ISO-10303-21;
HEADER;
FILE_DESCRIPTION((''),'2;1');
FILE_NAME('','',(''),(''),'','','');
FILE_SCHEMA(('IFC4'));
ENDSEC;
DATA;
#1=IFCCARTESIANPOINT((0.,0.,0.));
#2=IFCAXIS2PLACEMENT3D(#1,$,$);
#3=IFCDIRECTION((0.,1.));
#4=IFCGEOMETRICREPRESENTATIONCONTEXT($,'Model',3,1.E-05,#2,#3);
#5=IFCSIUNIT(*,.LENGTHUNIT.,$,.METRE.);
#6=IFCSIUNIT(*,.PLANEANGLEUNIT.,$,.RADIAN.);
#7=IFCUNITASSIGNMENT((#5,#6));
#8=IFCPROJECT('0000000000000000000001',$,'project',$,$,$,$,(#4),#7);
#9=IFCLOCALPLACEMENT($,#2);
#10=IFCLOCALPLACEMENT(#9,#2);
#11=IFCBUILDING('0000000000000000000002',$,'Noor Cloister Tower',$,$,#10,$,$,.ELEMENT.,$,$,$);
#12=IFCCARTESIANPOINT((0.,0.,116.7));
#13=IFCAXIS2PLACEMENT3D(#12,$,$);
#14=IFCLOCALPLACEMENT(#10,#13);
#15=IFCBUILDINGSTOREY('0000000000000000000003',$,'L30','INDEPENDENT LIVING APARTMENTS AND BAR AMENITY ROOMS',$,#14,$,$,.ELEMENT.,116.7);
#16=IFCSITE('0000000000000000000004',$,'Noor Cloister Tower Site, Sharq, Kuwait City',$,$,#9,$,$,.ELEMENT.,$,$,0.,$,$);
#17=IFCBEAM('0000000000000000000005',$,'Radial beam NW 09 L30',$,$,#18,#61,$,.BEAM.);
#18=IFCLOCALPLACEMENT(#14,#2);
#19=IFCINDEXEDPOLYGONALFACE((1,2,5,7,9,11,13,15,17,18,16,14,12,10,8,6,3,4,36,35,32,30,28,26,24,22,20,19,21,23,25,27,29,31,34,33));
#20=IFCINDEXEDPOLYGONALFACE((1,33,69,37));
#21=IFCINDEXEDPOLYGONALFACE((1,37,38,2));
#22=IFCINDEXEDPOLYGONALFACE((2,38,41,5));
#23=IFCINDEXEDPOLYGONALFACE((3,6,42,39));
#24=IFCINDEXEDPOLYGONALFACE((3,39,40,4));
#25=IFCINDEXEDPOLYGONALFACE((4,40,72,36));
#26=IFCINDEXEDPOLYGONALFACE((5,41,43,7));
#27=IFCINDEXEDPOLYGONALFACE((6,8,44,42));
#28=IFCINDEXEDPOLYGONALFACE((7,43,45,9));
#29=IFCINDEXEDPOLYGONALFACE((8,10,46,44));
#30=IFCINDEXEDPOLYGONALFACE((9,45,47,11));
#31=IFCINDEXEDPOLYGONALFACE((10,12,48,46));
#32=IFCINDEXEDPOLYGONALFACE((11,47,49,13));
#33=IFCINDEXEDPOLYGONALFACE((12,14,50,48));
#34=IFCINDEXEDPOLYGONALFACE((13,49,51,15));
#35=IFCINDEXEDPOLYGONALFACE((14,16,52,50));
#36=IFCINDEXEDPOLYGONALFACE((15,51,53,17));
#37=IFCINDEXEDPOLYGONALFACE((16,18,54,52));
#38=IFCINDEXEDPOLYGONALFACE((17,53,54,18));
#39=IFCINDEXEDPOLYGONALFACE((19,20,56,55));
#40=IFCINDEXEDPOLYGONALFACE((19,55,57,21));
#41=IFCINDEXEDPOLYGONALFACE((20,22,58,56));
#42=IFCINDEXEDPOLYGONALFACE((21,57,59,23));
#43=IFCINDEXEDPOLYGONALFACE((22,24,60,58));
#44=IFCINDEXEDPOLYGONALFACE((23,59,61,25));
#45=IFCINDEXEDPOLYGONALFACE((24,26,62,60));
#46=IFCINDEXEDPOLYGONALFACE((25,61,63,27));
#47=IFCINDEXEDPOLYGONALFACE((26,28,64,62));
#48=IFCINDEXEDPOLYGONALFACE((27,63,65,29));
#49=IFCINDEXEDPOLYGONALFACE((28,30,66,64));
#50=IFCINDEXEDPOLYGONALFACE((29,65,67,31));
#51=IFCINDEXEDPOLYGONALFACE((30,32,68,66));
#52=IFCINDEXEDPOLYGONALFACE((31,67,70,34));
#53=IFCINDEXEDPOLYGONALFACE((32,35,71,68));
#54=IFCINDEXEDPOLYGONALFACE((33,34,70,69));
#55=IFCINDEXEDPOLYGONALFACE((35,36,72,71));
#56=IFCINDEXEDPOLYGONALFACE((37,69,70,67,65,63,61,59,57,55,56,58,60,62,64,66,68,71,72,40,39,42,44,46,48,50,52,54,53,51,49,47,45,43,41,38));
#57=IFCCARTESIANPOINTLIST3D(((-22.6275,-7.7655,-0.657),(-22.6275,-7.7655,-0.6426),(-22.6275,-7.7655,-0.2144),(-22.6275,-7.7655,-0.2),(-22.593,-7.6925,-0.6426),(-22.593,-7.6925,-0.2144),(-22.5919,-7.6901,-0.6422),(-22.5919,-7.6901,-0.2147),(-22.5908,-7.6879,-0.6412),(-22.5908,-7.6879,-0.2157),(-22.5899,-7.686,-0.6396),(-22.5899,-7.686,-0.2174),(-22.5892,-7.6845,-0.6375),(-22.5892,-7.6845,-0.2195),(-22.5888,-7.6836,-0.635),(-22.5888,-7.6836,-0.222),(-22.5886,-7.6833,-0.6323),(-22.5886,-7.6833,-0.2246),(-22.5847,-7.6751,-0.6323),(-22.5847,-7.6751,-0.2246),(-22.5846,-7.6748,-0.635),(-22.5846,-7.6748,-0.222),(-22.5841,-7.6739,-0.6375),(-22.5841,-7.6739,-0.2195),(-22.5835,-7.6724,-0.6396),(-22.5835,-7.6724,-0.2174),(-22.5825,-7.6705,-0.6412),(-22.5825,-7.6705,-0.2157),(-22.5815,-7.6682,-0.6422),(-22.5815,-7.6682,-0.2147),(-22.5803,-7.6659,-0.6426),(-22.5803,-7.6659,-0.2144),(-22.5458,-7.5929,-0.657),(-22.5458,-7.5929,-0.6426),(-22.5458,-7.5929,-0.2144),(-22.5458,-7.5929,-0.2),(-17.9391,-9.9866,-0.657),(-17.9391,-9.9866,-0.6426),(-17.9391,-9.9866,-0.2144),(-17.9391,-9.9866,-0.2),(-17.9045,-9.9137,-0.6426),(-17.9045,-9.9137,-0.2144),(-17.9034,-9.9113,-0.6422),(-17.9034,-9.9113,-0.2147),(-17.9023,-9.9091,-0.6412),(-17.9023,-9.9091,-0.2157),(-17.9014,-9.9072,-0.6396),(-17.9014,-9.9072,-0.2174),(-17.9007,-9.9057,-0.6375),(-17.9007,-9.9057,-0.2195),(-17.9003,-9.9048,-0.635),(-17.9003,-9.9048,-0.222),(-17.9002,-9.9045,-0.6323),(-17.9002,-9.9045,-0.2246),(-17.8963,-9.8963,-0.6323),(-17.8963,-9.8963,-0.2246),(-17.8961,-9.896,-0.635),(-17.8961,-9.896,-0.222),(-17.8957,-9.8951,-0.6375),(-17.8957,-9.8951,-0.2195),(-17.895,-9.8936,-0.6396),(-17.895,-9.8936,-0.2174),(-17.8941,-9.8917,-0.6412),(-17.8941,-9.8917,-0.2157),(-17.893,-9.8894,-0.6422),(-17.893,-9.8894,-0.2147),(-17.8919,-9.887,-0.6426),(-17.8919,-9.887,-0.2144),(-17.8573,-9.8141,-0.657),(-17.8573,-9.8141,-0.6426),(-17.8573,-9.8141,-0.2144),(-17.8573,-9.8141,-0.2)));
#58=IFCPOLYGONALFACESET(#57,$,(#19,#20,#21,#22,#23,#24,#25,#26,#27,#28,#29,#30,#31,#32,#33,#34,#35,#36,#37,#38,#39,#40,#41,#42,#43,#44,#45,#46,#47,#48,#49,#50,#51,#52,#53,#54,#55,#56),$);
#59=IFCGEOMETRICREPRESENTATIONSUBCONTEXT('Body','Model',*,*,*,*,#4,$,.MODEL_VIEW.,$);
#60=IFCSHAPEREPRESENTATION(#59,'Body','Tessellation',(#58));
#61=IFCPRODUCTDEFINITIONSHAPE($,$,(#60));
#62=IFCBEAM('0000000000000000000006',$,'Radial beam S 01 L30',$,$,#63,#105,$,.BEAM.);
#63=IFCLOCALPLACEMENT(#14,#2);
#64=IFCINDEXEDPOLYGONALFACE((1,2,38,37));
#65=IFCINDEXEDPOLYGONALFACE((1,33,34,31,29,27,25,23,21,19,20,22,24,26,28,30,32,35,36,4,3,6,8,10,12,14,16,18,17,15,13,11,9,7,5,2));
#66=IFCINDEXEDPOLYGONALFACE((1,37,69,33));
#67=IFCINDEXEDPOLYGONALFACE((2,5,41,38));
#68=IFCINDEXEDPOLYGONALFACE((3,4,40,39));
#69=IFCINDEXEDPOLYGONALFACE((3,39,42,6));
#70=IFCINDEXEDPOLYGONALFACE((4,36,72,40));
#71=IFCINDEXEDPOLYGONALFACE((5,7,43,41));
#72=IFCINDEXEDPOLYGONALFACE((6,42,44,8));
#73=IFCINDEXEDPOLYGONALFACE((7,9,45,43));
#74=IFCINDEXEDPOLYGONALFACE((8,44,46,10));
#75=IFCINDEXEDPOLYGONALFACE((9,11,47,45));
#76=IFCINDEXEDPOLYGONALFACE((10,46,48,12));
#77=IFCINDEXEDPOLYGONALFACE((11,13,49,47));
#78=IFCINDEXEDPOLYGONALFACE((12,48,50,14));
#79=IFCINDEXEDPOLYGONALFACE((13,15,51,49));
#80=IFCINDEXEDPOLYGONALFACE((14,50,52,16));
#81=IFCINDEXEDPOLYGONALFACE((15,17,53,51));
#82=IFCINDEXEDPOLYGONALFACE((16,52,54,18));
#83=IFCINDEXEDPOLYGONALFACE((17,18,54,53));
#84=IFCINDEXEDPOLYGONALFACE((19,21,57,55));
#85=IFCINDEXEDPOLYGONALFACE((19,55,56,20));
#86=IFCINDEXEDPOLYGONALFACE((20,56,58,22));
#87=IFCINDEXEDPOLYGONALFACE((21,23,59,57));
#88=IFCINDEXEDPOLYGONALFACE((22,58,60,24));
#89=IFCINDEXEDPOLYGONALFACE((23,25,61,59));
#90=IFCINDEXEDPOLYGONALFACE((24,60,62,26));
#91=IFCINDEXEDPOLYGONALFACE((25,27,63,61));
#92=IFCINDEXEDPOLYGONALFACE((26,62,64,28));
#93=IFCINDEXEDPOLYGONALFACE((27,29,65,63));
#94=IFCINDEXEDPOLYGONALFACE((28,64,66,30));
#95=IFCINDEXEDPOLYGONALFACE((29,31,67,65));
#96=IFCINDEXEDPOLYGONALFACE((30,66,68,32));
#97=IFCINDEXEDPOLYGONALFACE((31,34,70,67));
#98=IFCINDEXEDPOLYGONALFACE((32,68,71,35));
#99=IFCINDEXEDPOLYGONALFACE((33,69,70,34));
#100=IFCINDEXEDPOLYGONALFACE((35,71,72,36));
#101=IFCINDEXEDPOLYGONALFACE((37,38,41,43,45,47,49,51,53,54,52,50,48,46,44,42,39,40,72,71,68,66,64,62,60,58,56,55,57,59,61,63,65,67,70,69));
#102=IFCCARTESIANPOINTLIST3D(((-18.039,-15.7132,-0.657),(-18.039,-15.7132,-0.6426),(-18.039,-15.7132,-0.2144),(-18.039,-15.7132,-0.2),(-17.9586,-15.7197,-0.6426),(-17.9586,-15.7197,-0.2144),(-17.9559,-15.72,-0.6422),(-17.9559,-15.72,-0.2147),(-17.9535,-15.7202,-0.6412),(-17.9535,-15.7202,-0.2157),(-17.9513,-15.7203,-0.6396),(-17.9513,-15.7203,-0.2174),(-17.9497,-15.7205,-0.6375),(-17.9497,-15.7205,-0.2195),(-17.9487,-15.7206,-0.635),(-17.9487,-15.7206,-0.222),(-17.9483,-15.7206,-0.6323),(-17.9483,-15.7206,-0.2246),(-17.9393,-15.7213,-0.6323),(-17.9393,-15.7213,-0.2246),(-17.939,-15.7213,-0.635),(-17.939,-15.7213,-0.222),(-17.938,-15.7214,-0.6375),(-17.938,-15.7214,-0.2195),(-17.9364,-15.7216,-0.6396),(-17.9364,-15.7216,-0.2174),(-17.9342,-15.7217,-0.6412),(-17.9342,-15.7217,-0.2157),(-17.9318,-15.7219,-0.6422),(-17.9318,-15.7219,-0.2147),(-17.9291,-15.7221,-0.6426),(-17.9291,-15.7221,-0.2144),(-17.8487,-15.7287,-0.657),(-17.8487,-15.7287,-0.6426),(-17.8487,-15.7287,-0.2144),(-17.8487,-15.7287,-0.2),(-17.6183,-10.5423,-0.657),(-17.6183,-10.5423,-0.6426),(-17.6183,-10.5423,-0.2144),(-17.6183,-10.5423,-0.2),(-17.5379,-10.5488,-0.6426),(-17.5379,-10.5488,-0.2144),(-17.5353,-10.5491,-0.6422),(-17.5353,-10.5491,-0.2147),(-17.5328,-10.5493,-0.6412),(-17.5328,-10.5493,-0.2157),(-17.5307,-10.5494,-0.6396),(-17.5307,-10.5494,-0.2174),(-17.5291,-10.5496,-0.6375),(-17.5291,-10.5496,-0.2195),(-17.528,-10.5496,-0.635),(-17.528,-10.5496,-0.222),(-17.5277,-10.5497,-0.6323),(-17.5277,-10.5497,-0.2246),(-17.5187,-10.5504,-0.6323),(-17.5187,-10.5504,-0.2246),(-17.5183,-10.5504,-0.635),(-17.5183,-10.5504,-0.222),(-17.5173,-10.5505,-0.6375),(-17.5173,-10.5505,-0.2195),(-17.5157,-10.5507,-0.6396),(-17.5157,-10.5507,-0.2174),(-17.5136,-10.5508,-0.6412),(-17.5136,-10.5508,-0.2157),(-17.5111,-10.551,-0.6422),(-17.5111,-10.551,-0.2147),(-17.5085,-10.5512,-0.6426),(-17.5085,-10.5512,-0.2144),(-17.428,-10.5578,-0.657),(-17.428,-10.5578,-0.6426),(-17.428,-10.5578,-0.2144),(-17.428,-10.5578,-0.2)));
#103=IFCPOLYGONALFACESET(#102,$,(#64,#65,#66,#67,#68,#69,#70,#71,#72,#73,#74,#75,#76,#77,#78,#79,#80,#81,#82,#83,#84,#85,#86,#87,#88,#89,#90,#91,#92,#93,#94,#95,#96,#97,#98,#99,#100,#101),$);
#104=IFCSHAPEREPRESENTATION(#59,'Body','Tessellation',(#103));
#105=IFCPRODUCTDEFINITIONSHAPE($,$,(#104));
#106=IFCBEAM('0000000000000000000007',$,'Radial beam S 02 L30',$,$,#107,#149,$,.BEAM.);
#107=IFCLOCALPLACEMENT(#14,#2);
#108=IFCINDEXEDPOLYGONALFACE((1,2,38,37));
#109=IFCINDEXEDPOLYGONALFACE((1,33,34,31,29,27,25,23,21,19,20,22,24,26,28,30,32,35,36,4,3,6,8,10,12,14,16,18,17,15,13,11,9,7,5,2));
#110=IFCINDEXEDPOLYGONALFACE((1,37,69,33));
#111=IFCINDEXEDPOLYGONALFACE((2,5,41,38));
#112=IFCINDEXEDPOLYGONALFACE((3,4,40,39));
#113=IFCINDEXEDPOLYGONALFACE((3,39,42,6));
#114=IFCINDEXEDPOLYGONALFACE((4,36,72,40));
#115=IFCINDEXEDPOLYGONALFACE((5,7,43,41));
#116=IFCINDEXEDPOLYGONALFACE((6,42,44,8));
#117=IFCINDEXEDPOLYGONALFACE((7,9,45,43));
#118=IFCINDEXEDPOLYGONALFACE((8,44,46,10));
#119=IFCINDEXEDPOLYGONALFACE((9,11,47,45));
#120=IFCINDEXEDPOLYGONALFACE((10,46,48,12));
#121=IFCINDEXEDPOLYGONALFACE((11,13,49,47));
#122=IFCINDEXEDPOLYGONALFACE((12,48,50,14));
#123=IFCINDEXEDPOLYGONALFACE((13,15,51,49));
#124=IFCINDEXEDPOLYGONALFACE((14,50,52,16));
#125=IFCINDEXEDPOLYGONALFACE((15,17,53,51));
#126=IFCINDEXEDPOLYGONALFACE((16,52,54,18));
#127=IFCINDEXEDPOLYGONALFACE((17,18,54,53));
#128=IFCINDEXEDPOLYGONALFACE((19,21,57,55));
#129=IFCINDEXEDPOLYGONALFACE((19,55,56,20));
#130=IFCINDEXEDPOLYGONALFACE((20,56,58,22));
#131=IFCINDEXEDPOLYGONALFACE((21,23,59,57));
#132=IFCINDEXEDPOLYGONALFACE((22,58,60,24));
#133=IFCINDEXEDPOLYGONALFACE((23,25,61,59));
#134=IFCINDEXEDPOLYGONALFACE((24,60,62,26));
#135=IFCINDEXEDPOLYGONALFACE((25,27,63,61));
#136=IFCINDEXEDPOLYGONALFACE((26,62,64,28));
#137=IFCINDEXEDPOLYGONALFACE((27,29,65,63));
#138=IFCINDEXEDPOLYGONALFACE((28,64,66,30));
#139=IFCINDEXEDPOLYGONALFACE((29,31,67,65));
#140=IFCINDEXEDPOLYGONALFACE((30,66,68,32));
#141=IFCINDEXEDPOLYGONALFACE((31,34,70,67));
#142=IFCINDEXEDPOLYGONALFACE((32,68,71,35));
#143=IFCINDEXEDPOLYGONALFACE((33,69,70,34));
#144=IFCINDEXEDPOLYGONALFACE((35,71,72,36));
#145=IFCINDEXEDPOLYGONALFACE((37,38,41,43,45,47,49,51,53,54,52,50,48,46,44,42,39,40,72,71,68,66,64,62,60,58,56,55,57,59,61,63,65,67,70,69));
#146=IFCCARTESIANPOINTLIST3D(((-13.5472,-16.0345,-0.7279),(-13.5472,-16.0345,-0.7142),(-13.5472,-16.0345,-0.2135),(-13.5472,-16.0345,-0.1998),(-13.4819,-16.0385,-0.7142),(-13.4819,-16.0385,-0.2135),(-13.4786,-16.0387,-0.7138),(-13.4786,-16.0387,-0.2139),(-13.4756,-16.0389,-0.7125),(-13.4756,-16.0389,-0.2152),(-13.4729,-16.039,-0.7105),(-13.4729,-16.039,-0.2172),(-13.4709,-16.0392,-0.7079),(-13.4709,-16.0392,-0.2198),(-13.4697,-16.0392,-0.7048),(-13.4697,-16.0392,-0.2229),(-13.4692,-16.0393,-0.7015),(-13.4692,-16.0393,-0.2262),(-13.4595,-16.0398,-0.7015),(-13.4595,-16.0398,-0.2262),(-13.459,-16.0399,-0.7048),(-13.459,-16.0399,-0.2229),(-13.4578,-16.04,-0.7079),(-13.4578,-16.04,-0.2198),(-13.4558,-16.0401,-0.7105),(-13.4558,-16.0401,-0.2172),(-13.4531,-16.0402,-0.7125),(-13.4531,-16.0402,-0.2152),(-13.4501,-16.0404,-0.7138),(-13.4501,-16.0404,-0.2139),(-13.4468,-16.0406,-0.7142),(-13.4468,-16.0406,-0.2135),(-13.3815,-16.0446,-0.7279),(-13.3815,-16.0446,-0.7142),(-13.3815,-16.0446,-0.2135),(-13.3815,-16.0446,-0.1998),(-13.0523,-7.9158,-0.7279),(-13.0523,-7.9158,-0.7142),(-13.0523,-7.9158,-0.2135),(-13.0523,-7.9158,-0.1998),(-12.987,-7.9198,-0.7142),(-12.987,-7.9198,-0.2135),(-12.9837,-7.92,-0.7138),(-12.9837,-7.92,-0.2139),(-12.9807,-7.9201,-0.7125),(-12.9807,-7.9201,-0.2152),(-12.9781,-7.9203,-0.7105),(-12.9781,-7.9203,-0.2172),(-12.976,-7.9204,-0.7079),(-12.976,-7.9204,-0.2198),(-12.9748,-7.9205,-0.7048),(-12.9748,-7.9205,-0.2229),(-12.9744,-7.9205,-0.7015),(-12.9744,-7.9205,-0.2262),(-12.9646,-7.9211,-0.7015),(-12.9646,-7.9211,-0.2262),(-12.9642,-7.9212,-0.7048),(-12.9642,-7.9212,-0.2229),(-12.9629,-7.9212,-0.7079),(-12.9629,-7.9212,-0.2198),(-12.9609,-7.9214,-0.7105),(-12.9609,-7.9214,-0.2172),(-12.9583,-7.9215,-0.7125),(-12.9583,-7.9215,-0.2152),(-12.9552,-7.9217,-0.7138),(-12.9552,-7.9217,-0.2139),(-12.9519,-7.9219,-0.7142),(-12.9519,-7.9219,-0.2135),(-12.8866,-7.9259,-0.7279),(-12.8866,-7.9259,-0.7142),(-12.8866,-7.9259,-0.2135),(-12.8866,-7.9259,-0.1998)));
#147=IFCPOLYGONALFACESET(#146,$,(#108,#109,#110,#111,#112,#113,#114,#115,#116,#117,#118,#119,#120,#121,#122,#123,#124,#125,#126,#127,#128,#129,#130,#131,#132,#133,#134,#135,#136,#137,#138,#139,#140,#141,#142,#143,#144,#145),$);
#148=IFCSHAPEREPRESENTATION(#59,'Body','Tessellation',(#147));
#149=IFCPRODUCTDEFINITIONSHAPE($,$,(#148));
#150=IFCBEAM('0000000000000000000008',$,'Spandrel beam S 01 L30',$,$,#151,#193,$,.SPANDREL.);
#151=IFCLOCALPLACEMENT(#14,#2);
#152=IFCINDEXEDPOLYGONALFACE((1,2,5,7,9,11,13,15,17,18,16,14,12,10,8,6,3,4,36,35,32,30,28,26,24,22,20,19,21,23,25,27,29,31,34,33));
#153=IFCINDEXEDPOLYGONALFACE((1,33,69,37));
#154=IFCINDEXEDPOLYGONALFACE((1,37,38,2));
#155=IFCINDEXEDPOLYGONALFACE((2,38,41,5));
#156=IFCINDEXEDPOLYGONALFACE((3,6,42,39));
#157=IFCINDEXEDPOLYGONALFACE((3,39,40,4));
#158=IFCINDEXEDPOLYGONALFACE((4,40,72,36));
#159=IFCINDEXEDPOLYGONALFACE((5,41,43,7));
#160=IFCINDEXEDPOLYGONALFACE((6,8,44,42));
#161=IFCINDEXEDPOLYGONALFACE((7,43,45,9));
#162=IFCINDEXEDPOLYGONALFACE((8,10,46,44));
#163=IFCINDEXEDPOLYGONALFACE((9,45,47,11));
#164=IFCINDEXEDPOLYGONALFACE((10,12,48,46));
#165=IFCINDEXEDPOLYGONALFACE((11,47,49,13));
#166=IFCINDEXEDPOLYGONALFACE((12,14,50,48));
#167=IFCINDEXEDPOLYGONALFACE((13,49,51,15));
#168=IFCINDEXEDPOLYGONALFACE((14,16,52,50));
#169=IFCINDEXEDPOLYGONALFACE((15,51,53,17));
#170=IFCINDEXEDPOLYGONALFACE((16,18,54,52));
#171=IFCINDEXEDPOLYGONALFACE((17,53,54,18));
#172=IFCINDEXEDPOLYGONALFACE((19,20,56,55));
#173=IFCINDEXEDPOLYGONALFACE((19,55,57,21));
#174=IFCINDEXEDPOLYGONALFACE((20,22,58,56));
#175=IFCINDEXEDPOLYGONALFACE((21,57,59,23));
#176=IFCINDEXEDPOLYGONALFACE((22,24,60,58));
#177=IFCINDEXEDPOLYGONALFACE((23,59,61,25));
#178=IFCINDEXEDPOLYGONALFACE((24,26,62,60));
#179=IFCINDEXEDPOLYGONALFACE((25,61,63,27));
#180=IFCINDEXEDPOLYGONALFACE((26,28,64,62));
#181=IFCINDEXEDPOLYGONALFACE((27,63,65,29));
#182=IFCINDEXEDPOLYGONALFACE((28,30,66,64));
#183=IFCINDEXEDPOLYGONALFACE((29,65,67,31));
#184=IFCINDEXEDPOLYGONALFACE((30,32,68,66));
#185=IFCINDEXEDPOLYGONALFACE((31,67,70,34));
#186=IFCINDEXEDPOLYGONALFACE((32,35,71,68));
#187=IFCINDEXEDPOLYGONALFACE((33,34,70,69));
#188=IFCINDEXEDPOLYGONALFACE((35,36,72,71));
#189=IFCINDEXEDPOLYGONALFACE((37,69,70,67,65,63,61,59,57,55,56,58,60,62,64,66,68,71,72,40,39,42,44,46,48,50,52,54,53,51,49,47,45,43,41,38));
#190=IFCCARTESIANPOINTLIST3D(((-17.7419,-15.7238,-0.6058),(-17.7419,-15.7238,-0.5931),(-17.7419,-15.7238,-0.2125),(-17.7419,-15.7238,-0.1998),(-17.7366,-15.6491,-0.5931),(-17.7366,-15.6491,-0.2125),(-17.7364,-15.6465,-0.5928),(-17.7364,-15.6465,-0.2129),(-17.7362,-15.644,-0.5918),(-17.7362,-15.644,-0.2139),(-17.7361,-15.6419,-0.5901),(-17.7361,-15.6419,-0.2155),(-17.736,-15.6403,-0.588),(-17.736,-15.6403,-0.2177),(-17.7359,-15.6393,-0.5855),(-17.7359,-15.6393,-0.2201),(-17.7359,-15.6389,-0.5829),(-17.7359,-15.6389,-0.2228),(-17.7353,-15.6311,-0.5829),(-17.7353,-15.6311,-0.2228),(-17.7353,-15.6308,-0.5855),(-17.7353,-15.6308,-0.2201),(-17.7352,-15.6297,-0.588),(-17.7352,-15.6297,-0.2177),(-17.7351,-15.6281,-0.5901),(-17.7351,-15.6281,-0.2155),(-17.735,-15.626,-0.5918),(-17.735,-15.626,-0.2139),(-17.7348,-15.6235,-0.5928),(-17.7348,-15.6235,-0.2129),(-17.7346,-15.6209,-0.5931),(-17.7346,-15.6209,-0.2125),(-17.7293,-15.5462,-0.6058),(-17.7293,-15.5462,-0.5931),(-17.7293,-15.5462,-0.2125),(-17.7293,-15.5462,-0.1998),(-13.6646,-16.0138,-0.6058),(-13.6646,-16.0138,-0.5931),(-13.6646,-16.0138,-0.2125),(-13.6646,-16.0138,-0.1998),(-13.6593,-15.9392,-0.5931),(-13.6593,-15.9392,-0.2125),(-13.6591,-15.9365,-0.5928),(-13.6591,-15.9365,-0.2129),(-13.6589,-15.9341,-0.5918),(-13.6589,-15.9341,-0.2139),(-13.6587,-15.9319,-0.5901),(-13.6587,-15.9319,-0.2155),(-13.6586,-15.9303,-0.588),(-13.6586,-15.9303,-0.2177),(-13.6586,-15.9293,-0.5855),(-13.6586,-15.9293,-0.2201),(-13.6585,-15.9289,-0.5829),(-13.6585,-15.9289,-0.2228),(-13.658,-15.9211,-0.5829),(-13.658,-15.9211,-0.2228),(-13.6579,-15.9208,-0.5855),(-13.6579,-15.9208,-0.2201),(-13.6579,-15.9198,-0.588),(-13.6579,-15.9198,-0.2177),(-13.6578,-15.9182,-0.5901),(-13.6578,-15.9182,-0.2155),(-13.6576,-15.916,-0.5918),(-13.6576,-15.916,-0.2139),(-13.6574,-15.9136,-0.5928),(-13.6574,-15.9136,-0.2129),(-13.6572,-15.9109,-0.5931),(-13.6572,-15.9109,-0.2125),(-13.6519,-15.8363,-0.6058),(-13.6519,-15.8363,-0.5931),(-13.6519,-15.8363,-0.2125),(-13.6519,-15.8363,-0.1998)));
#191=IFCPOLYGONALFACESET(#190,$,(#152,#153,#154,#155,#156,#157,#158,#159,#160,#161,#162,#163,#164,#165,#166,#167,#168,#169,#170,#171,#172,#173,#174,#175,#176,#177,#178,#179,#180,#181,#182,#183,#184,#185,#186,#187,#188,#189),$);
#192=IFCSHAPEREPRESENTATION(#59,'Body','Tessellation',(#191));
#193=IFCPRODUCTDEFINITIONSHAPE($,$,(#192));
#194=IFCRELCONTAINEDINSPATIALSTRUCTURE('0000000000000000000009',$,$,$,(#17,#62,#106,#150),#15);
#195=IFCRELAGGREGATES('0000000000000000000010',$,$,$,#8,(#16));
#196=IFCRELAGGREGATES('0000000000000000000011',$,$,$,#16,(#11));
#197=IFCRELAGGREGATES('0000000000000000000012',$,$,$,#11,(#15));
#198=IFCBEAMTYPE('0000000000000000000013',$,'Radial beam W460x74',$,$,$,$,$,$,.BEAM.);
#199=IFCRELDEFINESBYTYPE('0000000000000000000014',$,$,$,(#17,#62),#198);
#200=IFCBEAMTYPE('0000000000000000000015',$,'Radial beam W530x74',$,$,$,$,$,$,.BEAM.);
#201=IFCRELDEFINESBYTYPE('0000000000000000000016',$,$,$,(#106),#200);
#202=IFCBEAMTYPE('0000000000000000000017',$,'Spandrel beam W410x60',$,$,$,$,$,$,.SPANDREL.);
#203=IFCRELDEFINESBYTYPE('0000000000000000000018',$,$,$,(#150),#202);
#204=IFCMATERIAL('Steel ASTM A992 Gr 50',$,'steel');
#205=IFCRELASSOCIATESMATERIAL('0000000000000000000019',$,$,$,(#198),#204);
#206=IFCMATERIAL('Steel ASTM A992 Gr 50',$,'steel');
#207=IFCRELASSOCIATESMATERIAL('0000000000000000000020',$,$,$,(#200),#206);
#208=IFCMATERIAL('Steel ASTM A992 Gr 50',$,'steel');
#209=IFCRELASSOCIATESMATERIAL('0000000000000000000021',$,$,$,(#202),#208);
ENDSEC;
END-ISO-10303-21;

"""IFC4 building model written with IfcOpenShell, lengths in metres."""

from ifc_helpers import new_model, si_unit, direction, frame, origin, origin_2d, place, context, subcontext, project, spatial, i_section, extrude, material, material_profile, profile_set, type_object, element, save


model = new_model("IFC4")

# Units and contexts
model_context = context("Model", 3, precision=1e-05, world=origin(), true_north=direction((0.0, 1.0)))
body_context = subcontext(model_context, "Body", "Model", "MODEL_VIEW")
ifc_project = project(units=[si_unit("LENGTHUNIT", "METRE"), si_unit("PLANEANGLEUNIT", "RADIAN")], contexts=[model_context])

# Site, building, storey
site_placement = place(None, origin())
site = spatial("IfcSite", under=ifc_project, at=site_placement, Name="Noor Cloister Tower Site, Sharq, Kuwait City", CompositionType="ELEMENT", RefElevation=0.0)
building_placement = place(site_placement, origin())
building = spatial("IfcBuilding", under=site, at=building_placement, Name="Noor Cloister Tower", CompositionType="ELEMENT")
storey_placement = place(building_placement, frame((0.0, 0.0, 116.7)))
storey = spatial("IfcBuildingStorey", under=building, at=storey_placement, Name="L30", Description="INDEPENDENT LIVING APARTMENTS AND BAR AMENITY ROOMS", CompositionType="ELEMENT", Elevation=116.7)

# Beams
ifc_material_1 = material(Name="Steel ASTM A992 Gr 50", Category="steel")
ifc_material_profile_1 = material_profile(ifc_material_1, i_section(OverallWidth=0.1909, OverallDepth=0.457, WebThickness=0.009, FlangeThickness=0.0144, FilletRadius=0.0103, at=origin_2d()), Name="W460x74")
ifc_profile_set_1 = profile_set([ifc_material_profile_1], Name="Steel ASTM A992 Gr 50")
beam_type_1 = type_object("IfcBeamType", Name="Radial beam W460x74", PredefinedType="BEAM", material=ifc_profile_set_1)
for number, where, z_axis, x_axis, name in (
    (1, (-22.5867, -7.6792, -0.4285), (0.903713, -0.428139, 0.0), (0.428139, 0.903713, 0.0), "Radial beam NW 09 L30"),
    (2, (-17.9438, -15.7209, -0.4285), (0.081082, 0.996707, 0.0), (-0.996707, 0.081082, 0.0), "Radial beam S 01 L30"),
):
    element("IfcBeam", number, at=place(storey_placement, frame(where, z_axis=z_axis, x_axis=x_axis)), inside=storey, type_object=beam_type_1, Name=name, PredefinedType="BEAM", context=body_context, shape_type="SweptSolid", body=[
        extrude(i_section(OverallWidth=0.1909, OverallDepth=0.457, WebThickness=0.009, FlangeThickness=0.0144, FilletRadius=0.0103, at=origin_2d()), origin(), (0.0, 0.0, 1.0), 5.188),
    ])
ifc_material_2 = material(Name="Steel ASTM A992 Gr 50", Category="steel")
ifc_material_profile_2 = material_profile(ifc_material_2, i_section(OverallWidth=0.166, OverallDepth=0.5281, WebThickness=0.0098, FlangeThickness=0.0137, FilletRadius=0.0127, at=origin_2d()), Name="W530x74")
ifc_profile_set_2 = profile_set([ifc_material_profile_2], Name="Steel ASTM A992 Gr 50")
beam_type_2 = type_object("IfcBeamType", Name="Radial beam W530x74", PredefinedType="BEAM", material=ifc_profile_set_2)
beam_1_placement = place(storey_placement, frame((-13.4644, -16.0396, -0.4639), z_axis=(0.060842, 0.998147, 0.0), x_axis=(-0.998147, 0.060842, 0.0)))
element("IfcBeam", 3, at=beam_1_placement, inside=storey, type_object=beam_type_2, Name="Radial beam S 02 L30", PredefinedType="BEAM", context=body_context, shape_type="SweptSolid", body=[
    extrude(i_section(OverallWidth=0.166, OverallDepth=0.5281, WebThickness=0.0098, FlangeThickness=0.0137, FilletRadius=0.0127, at=origin_2d()), origin(), (0.0, 0.0, 1.0), 8.1338),
])
ifc_material_3 = material(Name="Steel ASTM A992 Gr 50", Category="steel")
ifc_material_profile_3 = material_profile(ifc_material_3, i_section(OverallWidth=0.178, OverallDepth=0.406, WebThickness=0.0078, FlangeThickness=0.0127, FilletRadius=0.0103, at=origin_2d()), Name="W410x60")
ifc_profile_set_3 = profile_set([ifc_material_profile_3], Name="Steel ASTM A992 Gr 50")
beam_type_3 = type_object("IfcBeamType", Name="Spandrel beam W410x60", PredefinedType="SPANDREL", material=ifc_profile_set_3)
beam_2_placement = place(storey_placement, frame((-17.7356, -15.635, -0.4028), z_axis=(0.99748, -0.070954, 0.0), x_axis=(0.070954, 0.99748, 0.0)))
element("IfcBeam", 4, at=beam_2_placement, inside=storey, type_object=beam_type_3, Name="Spandrel beam S 01 L30", PredefinedType="SPANDREL", context=body_context, shape_type="SweptSolid", body=[
    extrude(i_section(OverallWidth=0.178, OverallDepth=0.406, WebThickness=0.0078, FlangeThickness=0.0127, FilletRadius=0.0103, at=origin_2d()), origin(), (0.0, 0.0, 1.0), 4.0876),
])

save(model, "model.ifc")
